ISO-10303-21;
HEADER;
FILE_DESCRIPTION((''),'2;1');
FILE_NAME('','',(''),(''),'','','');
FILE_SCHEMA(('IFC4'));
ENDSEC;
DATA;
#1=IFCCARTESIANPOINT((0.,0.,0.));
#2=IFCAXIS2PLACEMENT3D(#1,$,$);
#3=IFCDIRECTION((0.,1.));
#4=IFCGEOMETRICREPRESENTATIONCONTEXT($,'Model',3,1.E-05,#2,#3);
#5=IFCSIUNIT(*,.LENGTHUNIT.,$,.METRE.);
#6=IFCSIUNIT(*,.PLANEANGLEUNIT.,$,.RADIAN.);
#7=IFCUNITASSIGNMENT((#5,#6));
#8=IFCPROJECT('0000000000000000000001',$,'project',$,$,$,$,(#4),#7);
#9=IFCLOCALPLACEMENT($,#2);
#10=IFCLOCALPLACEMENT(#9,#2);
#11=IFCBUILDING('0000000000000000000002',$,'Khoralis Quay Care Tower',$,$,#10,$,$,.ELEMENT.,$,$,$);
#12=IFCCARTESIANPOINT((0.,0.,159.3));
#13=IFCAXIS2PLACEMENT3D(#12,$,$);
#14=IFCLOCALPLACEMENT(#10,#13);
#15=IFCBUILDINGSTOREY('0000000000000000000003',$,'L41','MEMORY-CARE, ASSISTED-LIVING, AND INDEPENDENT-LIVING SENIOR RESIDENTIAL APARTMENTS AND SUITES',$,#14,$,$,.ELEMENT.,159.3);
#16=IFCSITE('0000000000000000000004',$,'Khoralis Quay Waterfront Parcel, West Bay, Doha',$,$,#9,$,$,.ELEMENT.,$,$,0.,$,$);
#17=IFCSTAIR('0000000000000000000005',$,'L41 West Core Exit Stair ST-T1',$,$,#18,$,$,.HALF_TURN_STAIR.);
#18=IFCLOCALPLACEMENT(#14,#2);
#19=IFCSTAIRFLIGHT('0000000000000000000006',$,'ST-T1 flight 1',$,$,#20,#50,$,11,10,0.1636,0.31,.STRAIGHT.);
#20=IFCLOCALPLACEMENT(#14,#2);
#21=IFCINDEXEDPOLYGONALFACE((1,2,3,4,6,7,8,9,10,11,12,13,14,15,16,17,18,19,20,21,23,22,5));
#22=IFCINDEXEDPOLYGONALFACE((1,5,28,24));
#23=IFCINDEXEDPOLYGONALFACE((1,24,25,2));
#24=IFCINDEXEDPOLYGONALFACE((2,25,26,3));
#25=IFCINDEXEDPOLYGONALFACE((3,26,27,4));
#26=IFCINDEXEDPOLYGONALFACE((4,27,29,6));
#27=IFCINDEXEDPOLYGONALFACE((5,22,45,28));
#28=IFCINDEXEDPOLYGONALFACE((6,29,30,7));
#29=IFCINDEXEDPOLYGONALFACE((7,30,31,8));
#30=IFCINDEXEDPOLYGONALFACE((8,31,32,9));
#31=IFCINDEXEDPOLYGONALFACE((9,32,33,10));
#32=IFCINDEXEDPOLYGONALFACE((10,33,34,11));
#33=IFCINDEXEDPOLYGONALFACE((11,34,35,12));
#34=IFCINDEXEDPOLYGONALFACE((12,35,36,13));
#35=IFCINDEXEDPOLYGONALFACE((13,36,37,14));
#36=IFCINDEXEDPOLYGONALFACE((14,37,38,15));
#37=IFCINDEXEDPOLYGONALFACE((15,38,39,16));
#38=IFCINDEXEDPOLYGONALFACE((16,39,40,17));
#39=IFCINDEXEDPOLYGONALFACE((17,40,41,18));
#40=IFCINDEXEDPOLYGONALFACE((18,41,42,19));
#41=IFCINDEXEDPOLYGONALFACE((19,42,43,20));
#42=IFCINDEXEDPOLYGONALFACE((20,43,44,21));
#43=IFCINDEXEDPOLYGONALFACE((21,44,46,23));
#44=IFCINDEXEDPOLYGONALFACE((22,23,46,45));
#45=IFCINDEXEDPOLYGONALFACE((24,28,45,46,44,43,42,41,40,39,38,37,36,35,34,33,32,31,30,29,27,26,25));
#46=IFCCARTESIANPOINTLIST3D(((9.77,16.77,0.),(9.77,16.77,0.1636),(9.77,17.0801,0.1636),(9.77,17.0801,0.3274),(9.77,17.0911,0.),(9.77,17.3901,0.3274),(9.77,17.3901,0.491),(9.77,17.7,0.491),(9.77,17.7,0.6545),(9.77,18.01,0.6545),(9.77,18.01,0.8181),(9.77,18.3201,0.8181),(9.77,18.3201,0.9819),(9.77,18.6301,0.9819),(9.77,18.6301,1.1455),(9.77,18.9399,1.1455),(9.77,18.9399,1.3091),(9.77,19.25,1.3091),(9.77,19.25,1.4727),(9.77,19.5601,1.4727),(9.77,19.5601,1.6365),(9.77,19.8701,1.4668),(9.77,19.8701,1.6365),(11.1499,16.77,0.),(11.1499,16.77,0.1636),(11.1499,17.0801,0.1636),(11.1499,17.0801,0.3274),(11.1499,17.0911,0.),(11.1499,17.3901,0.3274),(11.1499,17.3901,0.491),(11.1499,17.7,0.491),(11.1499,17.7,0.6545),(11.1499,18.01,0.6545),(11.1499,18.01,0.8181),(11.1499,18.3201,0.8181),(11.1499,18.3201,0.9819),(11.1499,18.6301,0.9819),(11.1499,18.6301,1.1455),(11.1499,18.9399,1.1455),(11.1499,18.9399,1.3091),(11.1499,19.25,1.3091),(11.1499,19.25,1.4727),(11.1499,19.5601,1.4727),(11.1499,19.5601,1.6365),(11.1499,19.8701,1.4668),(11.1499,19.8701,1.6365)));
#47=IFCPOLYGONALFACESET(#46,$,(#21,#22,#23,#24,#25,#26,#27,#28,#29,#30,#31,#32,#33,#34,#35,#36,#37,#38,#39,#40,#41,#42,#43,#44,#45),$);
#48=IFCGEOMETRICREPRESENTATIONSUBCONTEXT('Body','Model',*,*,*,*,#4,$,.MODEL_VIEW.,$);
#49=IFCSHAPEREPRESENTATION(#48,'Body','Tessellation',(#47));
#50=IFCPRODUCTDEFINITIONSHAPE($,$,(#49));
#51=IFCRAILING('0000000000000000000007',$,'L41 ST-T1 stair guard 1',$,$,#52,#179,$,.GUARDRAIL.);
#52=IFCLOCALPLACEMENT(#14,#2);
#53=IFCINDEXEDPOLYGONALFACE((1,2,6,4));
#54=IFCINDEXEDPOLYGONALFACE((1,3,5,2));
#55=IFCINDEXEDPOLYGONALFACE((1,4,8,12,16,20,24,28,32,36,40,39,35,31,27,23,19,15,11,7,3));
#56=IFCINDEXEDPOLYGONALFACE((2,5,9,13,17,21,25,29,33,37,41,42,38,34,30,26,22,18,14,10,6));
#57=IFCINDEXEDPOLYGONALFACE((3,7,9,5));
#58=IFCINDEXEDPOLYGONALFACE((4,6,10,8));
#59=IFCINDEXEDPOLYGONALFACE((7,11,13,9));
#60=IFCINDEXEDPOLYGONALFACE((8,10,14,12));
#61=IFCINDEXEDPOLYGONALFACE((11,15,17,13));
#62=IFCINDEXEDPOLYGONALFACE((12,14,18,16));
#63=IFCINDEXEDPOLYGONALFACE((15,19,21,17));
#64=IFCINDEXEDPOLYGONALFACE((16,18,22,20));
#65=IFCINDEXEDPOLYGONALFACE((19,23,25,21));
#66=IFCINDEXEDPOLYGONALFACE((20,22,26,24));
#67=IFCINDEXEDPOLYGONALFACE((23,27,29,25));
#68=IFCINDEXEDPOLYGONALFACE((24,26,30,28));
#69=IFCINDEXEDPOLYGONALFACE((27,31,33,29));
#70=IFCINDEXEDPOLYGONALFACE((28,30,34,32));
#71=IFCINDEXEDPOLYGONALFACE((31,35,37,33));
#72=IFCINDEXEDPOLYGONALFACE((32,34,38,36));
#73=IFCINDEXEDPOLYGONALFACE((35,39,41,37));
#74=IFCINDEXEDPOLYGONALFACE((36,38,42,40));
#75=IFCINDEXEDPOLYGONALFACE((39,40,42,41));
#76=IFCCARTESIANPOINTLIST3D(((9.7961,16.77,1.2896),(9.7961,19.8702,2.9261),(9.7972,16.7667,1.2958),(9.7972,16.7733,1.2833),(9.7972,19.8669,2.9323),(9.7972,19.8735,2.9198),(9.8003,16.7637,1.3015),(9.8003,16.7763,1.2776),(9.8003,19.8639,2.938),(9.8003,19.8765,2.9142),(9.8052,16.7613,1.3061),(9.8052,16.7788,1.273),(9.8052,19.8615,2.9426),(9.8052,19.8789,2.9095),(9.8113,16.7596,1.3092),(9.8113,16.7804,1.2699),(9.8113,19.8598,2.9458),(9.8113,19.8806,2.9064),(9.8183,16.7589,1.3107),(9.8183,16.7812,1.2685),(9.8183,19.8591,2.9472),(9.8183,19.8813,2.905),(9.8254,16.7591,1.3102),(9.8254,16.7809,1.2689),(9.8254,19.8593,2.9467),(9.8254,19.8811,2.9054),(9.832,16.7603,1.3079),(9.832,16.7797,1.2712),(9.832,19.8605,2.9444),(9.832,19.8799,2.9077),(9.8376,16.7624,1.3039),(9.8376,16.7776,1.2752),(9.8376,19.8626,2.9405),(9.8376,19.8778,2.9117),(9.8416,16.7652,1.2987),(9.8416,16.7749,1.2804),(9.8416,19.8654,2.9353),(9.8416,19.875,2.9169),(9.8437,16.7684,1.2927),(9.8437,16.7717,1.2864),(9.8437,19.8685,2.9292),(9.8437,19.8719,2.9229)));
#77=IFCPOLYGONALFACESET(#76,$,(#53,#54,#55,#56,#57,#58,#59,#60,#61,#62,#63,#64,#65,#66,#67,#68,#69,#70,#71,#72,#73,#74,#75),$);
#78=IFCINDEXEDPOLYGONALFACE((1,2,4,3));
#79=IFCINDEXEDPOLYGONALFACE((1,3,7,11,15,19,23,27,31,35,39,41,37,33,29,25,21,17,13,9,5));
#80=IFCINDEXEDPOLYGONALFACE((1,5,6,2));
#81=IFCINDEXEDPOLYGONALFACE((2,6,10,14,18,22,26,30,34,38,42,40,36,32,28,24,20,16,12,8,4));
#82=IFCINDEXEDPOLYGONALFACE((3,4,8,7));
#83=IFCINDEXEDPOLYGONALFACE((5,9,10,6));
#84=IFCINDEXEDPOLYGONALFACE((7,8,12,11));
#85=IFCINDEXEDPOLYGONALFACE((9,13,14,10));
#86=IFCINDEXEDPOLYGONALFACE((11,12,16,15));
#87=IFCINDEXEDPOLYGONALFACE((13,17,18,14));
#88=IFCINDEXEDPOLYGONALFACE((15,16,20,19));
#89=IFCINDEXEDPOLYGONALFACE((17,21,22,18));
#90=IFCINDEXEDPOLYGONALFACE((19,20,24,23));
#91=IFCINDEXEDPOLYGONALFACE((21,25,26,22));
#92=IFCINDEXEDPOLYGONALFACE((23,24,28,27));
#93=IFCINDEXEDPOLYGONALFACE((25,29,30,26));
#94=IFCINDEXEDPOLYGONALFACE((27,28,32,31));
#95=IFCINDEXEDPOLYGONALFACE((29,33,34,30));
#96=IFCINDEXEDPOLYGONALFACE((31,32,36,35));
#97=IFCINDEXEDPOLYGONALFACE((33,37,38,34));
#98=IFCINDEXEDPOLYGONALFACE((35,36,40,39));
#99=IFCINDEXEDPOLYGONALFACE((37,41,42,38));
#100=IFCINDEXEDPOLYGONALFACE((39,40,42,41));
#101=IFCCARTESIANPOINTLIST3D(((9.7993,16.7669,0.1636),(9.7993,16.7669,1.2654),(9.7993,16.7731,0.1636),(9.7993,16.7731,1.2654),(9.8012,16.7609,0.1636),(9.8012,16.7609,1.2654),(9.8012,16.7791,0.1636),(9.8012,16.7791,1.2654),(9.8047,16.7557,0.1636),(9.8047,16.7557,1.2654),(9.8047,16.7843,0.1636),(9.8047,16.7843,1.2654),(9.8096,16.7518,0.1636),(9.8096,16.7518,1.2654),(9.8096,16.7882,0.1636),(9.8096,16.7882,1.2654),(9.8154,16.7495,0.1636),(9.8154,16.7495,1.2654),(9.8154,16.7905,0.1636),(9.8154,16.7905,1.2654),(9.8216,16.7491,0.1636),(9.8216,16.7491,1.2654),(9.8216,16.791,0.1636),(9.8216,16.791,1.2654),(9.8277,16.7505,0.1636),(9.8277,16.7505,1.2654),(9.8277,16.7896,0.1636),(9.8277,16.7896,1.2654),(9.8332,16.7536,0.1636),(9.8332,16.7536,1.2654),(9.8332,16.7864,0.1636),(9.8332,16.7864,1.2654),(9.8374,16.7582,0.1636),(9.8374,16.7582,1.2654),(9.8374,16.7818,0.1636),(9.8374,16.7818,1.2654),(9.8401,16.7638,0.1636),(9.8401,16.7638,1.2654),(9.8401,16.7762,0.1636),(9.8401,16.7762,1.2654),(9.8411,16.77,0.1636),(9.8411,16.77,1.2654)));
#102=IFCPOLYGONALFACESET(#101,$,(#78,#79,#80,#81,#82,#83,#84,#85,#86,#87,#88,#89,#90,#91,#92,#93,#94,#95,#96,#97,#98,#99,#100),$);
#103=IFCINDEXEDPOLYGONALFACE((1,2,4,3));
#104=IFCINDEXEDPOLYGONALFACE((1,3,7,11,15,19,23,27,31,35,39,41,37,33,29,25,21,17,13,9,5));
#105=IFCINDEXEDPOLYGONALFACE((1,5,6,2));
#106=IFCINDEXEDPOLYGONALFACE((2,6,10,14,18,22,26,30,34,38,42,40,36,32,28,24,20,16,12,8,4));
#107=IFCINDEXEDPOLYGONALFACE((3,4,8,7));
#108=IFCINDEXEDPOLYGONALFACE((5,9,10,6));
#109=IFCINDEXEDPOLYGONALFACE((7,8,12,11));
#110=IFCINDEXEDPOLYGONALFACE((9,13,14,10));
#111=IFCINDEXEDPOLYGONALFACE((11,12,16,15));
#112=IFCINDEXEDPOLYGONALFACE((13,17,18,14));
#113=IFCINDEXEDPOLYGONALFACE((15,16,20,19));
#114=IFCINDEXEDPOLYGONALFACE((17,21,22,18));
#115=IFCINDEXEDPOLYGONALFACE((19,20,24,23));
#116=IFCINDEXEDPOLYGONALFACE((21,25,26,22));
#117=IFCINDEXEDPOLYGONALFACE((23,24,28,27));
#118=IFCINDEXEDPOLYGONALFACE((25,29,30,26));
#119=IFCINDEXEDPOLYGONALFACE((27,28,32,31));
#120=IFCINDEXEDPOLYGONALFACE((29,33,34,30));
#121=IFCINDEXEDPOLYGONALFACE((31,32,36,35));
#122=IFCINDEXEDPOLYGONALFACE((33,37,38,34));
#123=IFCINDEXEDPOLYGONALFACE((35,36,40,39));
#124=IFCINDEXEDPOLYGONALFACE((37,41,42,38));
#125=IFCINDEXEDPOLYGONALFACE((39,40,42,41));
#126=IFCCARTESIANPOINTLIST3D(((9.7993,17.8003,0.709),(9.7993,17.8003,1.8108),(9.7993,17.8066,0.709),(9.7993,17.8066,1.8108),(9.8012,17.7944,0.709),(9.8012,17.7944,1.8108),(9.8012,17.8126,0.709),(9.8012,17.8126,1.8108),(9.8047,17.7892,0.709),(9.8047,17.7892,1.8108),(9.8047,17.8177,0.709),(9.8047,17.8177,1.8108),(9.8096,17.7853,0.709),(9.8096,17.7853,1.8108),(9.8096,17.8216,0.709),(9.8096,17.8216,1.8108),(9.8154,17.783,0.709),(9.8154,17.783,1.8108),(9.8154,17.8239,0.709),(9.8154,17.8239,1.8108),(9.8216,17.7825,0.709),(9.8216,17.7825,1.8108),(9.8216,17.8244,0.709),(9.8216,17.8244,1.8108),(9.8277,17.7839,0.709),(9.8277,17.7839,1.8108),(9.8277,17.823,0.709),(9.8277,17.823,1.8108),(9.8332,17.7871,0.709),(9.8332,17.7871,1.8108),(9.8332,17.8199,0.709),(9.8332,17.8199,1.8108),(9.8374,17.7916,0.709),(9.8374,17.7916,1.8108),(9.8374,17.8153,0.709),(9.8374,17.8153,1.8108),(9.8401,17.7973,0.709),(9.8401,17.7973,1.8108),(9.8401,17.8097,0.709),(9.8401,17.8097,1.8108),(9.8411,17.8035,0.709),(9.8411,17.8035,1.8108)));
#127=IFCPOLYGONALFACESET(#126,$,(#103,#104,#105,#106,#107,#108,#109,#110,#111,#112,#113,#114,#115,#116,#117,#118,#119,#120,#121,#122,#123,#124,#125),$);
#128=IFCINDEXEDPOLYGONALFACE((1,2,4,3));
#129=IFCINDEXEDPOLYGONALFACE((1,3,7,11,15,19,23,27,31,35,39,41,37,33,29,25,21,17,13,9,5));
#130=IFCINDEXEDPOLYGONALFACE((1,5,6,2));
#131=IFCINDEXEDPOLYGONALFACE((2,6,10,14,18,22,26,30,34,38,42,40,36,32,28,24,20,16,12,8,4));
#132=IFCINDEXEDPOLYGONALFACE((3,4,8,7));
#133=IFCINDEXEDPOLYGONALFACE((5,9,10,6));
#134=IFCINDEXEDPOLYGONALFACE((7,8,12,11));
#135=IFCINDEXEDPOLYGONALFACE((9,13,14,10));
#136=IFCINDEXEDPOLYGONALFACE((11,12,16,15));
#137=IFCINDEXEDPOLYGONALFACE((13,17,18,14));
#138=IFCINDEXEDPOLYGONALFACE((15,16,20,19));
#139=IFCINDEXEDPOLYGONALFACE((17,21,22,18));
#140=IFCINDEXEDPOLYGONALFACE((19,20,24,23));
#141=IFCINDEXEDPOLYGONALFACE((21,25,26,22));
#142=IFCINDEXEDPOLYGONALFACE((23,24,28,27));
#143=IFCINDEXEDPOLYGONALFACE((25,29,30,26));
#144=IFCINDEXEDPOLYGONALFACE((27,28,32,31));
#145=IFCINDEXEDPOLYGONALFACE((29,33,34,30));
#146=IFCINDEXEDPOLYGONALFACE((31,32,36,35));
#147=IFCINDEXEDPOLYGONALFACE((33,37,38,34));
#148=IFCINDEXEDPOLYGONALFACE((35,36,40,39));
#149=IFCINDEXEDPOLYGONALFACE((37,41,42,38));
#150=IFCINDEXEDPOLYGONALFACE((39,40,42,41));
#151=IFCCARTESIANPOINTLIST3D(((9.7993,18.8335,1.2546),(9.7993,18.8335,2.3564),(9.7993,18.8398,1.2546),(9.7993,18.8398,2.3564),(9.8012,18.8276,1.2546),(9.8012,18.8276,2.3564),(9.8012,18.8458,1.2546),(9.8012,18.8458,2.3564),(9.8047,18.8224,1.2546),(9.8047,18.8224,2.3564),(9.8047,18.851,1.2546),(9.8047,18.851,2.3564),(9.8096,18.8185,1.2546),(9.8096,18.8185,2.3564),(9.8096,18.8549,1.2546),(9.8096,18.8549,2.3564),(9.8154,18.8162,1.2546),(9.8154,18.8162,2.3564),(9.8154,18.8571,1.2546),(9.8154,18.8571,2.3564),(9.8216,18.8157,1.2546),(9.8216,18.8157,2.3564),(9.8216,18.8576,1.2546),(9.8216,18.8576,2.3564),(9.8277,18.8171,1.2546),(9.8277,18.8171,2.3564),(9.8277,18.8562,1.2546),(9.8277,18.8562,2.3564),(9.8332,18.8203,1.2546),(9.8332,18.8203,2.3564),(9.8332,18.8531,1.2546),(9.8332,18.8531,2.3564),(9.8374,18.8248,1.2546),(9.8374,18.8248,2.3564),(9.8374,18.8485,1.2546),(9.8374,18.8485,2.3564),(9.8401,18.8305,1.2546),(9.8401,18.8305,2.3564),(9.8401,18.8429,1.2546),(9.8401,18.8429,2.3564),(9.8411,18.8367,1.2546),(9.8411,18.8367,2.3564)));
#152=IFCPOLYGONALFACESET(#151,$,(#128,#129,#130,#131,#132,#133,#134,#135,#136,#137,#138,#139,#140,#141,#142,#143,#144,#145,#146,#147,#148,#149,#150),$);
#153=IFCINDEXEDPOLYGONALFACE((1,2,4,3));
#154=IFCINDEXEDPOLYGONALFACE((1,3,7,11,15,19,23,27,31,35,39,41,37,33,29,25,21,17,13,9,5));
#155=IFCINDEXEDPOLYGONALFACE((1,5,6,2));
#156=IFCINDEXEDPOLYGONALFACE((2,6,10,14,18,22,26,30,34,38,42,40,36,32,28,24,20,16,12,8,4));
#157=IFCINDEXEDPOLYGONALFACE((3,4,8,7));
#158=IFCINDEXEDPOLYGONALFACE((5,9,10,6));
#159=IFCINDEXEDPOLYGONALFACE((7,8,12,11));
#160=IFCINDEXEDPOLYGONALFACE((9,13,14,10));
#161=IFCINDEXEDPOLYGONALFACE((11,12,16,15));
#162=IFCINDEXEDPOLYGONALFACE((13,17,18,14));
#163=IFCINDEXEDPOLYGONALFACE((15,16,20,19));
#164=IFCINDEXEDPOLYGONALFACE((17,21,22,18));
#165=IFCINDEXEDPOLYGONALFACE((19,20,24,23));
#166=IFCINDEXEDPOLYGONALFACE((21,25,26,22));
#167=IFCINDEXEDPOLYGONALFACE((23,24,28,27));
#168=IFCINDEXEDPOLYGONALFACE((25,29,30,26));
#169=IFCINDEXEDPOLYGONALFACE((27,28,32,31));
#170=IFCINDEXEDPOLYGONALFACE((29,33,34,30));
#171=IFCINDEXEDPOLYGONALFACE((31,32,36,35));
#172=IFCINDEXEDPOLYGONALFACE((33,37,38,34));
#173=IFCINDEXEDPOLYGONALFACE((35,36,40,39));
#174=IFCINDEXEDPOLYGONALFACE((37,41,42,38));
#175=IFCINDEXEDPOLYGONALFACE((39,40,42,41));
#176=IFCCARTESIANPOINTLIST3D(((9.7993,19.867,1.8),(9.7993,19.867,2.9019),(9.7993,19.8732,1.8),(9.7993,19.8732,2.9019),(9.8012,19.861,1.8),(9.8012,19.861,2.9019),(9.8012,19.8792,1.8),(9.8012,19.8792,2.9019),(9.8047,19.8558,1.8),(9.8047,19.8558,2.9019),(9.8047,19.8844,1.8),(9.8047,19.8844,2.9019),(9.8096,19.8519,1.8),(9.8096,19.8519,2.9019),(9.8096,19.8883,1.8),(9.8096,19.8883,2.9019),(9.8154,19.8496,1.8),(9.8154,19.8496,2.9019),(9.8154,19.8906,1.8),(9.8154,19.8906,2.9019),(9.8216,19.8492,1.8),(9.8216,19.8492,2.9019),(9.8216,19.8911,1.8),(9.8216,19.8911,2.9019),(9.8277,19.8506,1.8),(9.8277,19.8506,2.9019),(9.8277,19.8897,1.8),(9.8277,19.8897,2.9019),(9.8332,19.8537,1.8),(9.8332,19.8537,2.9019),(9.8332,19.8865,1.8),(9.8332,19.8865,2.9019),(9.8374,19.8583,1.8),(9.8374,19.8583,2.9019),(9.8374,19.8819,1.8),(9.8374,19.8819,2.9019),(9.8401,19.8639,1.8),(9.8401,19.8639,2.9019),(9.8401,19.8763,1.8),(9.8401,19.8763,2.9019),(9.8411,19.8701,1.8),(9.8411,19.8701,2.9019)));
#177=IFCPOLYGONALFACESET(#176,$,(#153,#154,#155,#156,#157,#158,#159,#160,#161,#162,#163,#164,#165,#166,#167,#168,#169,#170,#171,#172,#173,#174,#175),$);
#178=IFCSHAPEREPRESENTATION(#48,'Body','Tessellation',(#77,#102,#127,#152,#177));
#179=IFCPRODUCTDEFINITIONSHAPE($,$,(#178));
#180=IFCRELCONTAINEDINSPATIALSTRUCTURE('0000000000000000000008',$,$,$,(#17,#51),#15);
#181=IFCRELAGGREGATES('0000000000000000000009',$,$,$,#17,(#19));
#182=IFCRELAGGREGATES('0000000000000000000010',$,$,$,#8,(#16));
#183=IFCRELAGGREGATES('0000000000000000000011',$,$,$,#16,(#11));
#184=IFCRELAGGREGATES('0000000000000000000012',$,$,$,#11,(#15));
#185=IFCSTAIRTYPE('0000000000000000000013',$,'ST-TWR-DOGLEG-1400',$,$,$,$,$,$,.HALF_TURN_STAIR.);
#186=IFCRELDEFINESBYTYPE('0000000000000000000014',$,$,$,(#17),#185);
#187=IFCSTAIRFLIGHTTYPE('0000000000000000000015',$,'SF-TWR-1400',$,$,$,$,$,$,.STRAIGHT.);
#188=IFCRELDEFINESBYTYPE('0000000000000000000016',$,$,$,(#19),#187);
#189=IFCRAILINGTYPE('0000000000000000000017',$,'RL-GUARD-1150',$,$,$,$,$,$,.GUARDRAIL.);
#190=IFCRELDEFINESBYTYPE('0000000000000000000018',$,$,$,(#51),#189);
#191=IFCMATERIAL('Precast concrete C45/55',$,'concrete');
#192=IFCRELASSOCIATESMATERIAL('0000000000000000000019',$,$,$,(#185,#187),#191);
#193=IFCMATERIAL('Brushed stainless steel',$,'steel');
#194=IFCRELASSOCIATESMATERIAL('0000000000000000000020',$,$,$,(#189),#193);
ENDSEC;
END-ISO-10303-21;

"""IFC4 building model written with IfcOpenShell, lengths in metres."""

from ifc_helpers import new_model, si_unit, direction, frame, origin, origin_2d, place, context, subcontext, project, spatial, polyline, circle, outline, extrude, source, transform, mapped, material, type_object, element, aggregate, save


model = new_model("IFC4")

# Units and contexts
model_context = context("Model", 3, precision=1e-05, world=origin(), true_north=direction((0.0, 1.0)))
body_context = subcontext(model_context, "Body", "Model", "MODEL_VIEW")
ifc_project = project(units=[si_unit("LENGTHUNIT", "METRE"), si_unit("PLANEANGLEUNIT", "RADIAN")], contexts=[model_context])

# Site, building, storey
site_placement = place(None, origin())
site = spatial("IfcSite", under=ifc_project, at=site_placement, Name="Khoralis Quay Waterfront Parcel, West Bay, Doha", CompositionType="ELEMENT", RefElevation=0.0)
building_placement = place(site_placement, origin())
building = spatial("IfcBuilding", under=site, at=building_placement, Name="Khoralis Quay Care Tower", CompositionType="ELEMENT")
storey_placement = place(building_placement, frame((0.0, 0.0, 159.3)))
storey = spatial("IfcBuildingStorey", under=building, at=storey_placement, Name="L41", Description="MEMORY-CARE, ASSISTED-LIVING, AND INDEPENDENT-LIVING SENIOR RESIDENTIAL APARTMENTS AND SUITES", CompositionType="ELEMENT", Elevation=159.3)

# Stair, stair flight
ifc_material_1 = material(Name="Precast concrete C45/55", Category="concrete")
stair_type = type_object("IfcStairType", Name="ST-TWR-DOGLEG-1400", PredefinedType="HALF_TURN_STAIR", material=ifc_material_1)
stair_placement = place(storey_placement, origin())
stair = element("IfcStair", 1, at=stair_placement, inside=storey, type_object=stair_type, Name="L41 West Core Exit Stair ST-T1", PredefinedType="HALF_TURN_STAIR")
stair_flight_type = type_object("IfcStairFlightType", Name="SF-TWR-1400", PredefinedType="STRAIGHT", material=ifc_material_1)
shared_shape_1 = source(origin(), body_context, "Body", "SweptSolid", [
    extrude(outline(polyline([(0.0, 0.0), (0.0, 0.1636), (0.3101, 0.1636), (0.3101, 0.3274), (0.6201, 0.3274), (0.6201, 0.491), (0.9299, 0.491), (0.9299, 0.6545), (1.24, 0.6545), (1.24, 0.8181), (1.55, 0.8181), (1.55, 0.9819), (1.8601, 0.9819), (1.8601, 1.1455), (2.1699, 1.1455), (2.1699, 1.3091), (2.48, 1.3091), (2.48, 1.4727), (2.79, 1.4727), (2.79, 1.6365), (3.1001, 1.6365), (3.1001, 1.8), (3.1001, 1.4668), (0.321, 0.0), (0.0, 0.0)])), frame((0.0, 0.6899, 0.0), z_axis=(0.0, -1.0, 0.0), x_axis=(1.0, 0.0, 0.0)), (0.0, 0.0, 1.0), 1.3799),
])
stair_flight_placement = place(storey_placement, frame((10.46, 16.77, 0.0), z_axis=(0.0, 0.0, 1.0), x_axis=(0.0, 1.0, 0.0)))
stair_flight = element("IfcStairFlight", 2, at=stair_flight_placement, type_object=stair_flight_type, Name="ST-T1 flight 1", NumberOfRisers=11, NumberOfTreads=10, PredefinedType="STRAIGHT", RiserHeight=0.1636, TreadLength=0.31, context=body_context, shape_type="MappedRepresentation", body=[
    mapped(shared_shape_1, transform((0.0, 0.0, 0.0), scale=1.0)),
])
aggregate(stair, [stair_flight])

# Railing
ifc_material_2 = material(Name="Brushed stainless steel", Category="steel")
railing_type_1 = type_object("IfcRailingType", Name="RL-GUARD-1150", PredefinedType="GUARDRAIL", material=ifc_material_2)
railing_1_placement = place(storey_placement, frame((9.8201, 16.77, 0.1636)))
element("IfcRailing", 3, at=railing_1_placement, inside=storey, type_object=railing_type_1, Name="L41 ST-T1 stair guard 1", PredefinedType="GUARDRAIL", context=body_context, shape_type="SweptSolid", body=[
    extrude(circle(Radius=0.0239, at=origin_2d()), frame((0.0, 0.0, 1.126), z_axis=(0.0, 0.884348, 0.466828), x_axis=(-1.0, 0.0, 0.0)), (0.0, 0.0, 1.0), 3.5056),
    extrude(circle(Radius=0.021, at=origin_2d()), origin(), (0.0, 0.0, 1.0), 1.1018),
    extrude(circle(Radius=0.021, at=origin_2d()), frame((0.0, 1.0334, 0.5454)), (0.0, 0.0, 1.0), 1.1018),
    extrude(circle(Radius=0.021, at=origin_2d()), frame((0.0, 2.0667, 1.0911)), (0.0, 0.0, 1.0), 1.1018),
    extrude(circle(Radius=0.021, at=origin_2d()), frame((0.0, 3.1001, 1.6365)), (0.0, 0.0, 1.0), 1.1018),
])

save(model, "model.ifc")
